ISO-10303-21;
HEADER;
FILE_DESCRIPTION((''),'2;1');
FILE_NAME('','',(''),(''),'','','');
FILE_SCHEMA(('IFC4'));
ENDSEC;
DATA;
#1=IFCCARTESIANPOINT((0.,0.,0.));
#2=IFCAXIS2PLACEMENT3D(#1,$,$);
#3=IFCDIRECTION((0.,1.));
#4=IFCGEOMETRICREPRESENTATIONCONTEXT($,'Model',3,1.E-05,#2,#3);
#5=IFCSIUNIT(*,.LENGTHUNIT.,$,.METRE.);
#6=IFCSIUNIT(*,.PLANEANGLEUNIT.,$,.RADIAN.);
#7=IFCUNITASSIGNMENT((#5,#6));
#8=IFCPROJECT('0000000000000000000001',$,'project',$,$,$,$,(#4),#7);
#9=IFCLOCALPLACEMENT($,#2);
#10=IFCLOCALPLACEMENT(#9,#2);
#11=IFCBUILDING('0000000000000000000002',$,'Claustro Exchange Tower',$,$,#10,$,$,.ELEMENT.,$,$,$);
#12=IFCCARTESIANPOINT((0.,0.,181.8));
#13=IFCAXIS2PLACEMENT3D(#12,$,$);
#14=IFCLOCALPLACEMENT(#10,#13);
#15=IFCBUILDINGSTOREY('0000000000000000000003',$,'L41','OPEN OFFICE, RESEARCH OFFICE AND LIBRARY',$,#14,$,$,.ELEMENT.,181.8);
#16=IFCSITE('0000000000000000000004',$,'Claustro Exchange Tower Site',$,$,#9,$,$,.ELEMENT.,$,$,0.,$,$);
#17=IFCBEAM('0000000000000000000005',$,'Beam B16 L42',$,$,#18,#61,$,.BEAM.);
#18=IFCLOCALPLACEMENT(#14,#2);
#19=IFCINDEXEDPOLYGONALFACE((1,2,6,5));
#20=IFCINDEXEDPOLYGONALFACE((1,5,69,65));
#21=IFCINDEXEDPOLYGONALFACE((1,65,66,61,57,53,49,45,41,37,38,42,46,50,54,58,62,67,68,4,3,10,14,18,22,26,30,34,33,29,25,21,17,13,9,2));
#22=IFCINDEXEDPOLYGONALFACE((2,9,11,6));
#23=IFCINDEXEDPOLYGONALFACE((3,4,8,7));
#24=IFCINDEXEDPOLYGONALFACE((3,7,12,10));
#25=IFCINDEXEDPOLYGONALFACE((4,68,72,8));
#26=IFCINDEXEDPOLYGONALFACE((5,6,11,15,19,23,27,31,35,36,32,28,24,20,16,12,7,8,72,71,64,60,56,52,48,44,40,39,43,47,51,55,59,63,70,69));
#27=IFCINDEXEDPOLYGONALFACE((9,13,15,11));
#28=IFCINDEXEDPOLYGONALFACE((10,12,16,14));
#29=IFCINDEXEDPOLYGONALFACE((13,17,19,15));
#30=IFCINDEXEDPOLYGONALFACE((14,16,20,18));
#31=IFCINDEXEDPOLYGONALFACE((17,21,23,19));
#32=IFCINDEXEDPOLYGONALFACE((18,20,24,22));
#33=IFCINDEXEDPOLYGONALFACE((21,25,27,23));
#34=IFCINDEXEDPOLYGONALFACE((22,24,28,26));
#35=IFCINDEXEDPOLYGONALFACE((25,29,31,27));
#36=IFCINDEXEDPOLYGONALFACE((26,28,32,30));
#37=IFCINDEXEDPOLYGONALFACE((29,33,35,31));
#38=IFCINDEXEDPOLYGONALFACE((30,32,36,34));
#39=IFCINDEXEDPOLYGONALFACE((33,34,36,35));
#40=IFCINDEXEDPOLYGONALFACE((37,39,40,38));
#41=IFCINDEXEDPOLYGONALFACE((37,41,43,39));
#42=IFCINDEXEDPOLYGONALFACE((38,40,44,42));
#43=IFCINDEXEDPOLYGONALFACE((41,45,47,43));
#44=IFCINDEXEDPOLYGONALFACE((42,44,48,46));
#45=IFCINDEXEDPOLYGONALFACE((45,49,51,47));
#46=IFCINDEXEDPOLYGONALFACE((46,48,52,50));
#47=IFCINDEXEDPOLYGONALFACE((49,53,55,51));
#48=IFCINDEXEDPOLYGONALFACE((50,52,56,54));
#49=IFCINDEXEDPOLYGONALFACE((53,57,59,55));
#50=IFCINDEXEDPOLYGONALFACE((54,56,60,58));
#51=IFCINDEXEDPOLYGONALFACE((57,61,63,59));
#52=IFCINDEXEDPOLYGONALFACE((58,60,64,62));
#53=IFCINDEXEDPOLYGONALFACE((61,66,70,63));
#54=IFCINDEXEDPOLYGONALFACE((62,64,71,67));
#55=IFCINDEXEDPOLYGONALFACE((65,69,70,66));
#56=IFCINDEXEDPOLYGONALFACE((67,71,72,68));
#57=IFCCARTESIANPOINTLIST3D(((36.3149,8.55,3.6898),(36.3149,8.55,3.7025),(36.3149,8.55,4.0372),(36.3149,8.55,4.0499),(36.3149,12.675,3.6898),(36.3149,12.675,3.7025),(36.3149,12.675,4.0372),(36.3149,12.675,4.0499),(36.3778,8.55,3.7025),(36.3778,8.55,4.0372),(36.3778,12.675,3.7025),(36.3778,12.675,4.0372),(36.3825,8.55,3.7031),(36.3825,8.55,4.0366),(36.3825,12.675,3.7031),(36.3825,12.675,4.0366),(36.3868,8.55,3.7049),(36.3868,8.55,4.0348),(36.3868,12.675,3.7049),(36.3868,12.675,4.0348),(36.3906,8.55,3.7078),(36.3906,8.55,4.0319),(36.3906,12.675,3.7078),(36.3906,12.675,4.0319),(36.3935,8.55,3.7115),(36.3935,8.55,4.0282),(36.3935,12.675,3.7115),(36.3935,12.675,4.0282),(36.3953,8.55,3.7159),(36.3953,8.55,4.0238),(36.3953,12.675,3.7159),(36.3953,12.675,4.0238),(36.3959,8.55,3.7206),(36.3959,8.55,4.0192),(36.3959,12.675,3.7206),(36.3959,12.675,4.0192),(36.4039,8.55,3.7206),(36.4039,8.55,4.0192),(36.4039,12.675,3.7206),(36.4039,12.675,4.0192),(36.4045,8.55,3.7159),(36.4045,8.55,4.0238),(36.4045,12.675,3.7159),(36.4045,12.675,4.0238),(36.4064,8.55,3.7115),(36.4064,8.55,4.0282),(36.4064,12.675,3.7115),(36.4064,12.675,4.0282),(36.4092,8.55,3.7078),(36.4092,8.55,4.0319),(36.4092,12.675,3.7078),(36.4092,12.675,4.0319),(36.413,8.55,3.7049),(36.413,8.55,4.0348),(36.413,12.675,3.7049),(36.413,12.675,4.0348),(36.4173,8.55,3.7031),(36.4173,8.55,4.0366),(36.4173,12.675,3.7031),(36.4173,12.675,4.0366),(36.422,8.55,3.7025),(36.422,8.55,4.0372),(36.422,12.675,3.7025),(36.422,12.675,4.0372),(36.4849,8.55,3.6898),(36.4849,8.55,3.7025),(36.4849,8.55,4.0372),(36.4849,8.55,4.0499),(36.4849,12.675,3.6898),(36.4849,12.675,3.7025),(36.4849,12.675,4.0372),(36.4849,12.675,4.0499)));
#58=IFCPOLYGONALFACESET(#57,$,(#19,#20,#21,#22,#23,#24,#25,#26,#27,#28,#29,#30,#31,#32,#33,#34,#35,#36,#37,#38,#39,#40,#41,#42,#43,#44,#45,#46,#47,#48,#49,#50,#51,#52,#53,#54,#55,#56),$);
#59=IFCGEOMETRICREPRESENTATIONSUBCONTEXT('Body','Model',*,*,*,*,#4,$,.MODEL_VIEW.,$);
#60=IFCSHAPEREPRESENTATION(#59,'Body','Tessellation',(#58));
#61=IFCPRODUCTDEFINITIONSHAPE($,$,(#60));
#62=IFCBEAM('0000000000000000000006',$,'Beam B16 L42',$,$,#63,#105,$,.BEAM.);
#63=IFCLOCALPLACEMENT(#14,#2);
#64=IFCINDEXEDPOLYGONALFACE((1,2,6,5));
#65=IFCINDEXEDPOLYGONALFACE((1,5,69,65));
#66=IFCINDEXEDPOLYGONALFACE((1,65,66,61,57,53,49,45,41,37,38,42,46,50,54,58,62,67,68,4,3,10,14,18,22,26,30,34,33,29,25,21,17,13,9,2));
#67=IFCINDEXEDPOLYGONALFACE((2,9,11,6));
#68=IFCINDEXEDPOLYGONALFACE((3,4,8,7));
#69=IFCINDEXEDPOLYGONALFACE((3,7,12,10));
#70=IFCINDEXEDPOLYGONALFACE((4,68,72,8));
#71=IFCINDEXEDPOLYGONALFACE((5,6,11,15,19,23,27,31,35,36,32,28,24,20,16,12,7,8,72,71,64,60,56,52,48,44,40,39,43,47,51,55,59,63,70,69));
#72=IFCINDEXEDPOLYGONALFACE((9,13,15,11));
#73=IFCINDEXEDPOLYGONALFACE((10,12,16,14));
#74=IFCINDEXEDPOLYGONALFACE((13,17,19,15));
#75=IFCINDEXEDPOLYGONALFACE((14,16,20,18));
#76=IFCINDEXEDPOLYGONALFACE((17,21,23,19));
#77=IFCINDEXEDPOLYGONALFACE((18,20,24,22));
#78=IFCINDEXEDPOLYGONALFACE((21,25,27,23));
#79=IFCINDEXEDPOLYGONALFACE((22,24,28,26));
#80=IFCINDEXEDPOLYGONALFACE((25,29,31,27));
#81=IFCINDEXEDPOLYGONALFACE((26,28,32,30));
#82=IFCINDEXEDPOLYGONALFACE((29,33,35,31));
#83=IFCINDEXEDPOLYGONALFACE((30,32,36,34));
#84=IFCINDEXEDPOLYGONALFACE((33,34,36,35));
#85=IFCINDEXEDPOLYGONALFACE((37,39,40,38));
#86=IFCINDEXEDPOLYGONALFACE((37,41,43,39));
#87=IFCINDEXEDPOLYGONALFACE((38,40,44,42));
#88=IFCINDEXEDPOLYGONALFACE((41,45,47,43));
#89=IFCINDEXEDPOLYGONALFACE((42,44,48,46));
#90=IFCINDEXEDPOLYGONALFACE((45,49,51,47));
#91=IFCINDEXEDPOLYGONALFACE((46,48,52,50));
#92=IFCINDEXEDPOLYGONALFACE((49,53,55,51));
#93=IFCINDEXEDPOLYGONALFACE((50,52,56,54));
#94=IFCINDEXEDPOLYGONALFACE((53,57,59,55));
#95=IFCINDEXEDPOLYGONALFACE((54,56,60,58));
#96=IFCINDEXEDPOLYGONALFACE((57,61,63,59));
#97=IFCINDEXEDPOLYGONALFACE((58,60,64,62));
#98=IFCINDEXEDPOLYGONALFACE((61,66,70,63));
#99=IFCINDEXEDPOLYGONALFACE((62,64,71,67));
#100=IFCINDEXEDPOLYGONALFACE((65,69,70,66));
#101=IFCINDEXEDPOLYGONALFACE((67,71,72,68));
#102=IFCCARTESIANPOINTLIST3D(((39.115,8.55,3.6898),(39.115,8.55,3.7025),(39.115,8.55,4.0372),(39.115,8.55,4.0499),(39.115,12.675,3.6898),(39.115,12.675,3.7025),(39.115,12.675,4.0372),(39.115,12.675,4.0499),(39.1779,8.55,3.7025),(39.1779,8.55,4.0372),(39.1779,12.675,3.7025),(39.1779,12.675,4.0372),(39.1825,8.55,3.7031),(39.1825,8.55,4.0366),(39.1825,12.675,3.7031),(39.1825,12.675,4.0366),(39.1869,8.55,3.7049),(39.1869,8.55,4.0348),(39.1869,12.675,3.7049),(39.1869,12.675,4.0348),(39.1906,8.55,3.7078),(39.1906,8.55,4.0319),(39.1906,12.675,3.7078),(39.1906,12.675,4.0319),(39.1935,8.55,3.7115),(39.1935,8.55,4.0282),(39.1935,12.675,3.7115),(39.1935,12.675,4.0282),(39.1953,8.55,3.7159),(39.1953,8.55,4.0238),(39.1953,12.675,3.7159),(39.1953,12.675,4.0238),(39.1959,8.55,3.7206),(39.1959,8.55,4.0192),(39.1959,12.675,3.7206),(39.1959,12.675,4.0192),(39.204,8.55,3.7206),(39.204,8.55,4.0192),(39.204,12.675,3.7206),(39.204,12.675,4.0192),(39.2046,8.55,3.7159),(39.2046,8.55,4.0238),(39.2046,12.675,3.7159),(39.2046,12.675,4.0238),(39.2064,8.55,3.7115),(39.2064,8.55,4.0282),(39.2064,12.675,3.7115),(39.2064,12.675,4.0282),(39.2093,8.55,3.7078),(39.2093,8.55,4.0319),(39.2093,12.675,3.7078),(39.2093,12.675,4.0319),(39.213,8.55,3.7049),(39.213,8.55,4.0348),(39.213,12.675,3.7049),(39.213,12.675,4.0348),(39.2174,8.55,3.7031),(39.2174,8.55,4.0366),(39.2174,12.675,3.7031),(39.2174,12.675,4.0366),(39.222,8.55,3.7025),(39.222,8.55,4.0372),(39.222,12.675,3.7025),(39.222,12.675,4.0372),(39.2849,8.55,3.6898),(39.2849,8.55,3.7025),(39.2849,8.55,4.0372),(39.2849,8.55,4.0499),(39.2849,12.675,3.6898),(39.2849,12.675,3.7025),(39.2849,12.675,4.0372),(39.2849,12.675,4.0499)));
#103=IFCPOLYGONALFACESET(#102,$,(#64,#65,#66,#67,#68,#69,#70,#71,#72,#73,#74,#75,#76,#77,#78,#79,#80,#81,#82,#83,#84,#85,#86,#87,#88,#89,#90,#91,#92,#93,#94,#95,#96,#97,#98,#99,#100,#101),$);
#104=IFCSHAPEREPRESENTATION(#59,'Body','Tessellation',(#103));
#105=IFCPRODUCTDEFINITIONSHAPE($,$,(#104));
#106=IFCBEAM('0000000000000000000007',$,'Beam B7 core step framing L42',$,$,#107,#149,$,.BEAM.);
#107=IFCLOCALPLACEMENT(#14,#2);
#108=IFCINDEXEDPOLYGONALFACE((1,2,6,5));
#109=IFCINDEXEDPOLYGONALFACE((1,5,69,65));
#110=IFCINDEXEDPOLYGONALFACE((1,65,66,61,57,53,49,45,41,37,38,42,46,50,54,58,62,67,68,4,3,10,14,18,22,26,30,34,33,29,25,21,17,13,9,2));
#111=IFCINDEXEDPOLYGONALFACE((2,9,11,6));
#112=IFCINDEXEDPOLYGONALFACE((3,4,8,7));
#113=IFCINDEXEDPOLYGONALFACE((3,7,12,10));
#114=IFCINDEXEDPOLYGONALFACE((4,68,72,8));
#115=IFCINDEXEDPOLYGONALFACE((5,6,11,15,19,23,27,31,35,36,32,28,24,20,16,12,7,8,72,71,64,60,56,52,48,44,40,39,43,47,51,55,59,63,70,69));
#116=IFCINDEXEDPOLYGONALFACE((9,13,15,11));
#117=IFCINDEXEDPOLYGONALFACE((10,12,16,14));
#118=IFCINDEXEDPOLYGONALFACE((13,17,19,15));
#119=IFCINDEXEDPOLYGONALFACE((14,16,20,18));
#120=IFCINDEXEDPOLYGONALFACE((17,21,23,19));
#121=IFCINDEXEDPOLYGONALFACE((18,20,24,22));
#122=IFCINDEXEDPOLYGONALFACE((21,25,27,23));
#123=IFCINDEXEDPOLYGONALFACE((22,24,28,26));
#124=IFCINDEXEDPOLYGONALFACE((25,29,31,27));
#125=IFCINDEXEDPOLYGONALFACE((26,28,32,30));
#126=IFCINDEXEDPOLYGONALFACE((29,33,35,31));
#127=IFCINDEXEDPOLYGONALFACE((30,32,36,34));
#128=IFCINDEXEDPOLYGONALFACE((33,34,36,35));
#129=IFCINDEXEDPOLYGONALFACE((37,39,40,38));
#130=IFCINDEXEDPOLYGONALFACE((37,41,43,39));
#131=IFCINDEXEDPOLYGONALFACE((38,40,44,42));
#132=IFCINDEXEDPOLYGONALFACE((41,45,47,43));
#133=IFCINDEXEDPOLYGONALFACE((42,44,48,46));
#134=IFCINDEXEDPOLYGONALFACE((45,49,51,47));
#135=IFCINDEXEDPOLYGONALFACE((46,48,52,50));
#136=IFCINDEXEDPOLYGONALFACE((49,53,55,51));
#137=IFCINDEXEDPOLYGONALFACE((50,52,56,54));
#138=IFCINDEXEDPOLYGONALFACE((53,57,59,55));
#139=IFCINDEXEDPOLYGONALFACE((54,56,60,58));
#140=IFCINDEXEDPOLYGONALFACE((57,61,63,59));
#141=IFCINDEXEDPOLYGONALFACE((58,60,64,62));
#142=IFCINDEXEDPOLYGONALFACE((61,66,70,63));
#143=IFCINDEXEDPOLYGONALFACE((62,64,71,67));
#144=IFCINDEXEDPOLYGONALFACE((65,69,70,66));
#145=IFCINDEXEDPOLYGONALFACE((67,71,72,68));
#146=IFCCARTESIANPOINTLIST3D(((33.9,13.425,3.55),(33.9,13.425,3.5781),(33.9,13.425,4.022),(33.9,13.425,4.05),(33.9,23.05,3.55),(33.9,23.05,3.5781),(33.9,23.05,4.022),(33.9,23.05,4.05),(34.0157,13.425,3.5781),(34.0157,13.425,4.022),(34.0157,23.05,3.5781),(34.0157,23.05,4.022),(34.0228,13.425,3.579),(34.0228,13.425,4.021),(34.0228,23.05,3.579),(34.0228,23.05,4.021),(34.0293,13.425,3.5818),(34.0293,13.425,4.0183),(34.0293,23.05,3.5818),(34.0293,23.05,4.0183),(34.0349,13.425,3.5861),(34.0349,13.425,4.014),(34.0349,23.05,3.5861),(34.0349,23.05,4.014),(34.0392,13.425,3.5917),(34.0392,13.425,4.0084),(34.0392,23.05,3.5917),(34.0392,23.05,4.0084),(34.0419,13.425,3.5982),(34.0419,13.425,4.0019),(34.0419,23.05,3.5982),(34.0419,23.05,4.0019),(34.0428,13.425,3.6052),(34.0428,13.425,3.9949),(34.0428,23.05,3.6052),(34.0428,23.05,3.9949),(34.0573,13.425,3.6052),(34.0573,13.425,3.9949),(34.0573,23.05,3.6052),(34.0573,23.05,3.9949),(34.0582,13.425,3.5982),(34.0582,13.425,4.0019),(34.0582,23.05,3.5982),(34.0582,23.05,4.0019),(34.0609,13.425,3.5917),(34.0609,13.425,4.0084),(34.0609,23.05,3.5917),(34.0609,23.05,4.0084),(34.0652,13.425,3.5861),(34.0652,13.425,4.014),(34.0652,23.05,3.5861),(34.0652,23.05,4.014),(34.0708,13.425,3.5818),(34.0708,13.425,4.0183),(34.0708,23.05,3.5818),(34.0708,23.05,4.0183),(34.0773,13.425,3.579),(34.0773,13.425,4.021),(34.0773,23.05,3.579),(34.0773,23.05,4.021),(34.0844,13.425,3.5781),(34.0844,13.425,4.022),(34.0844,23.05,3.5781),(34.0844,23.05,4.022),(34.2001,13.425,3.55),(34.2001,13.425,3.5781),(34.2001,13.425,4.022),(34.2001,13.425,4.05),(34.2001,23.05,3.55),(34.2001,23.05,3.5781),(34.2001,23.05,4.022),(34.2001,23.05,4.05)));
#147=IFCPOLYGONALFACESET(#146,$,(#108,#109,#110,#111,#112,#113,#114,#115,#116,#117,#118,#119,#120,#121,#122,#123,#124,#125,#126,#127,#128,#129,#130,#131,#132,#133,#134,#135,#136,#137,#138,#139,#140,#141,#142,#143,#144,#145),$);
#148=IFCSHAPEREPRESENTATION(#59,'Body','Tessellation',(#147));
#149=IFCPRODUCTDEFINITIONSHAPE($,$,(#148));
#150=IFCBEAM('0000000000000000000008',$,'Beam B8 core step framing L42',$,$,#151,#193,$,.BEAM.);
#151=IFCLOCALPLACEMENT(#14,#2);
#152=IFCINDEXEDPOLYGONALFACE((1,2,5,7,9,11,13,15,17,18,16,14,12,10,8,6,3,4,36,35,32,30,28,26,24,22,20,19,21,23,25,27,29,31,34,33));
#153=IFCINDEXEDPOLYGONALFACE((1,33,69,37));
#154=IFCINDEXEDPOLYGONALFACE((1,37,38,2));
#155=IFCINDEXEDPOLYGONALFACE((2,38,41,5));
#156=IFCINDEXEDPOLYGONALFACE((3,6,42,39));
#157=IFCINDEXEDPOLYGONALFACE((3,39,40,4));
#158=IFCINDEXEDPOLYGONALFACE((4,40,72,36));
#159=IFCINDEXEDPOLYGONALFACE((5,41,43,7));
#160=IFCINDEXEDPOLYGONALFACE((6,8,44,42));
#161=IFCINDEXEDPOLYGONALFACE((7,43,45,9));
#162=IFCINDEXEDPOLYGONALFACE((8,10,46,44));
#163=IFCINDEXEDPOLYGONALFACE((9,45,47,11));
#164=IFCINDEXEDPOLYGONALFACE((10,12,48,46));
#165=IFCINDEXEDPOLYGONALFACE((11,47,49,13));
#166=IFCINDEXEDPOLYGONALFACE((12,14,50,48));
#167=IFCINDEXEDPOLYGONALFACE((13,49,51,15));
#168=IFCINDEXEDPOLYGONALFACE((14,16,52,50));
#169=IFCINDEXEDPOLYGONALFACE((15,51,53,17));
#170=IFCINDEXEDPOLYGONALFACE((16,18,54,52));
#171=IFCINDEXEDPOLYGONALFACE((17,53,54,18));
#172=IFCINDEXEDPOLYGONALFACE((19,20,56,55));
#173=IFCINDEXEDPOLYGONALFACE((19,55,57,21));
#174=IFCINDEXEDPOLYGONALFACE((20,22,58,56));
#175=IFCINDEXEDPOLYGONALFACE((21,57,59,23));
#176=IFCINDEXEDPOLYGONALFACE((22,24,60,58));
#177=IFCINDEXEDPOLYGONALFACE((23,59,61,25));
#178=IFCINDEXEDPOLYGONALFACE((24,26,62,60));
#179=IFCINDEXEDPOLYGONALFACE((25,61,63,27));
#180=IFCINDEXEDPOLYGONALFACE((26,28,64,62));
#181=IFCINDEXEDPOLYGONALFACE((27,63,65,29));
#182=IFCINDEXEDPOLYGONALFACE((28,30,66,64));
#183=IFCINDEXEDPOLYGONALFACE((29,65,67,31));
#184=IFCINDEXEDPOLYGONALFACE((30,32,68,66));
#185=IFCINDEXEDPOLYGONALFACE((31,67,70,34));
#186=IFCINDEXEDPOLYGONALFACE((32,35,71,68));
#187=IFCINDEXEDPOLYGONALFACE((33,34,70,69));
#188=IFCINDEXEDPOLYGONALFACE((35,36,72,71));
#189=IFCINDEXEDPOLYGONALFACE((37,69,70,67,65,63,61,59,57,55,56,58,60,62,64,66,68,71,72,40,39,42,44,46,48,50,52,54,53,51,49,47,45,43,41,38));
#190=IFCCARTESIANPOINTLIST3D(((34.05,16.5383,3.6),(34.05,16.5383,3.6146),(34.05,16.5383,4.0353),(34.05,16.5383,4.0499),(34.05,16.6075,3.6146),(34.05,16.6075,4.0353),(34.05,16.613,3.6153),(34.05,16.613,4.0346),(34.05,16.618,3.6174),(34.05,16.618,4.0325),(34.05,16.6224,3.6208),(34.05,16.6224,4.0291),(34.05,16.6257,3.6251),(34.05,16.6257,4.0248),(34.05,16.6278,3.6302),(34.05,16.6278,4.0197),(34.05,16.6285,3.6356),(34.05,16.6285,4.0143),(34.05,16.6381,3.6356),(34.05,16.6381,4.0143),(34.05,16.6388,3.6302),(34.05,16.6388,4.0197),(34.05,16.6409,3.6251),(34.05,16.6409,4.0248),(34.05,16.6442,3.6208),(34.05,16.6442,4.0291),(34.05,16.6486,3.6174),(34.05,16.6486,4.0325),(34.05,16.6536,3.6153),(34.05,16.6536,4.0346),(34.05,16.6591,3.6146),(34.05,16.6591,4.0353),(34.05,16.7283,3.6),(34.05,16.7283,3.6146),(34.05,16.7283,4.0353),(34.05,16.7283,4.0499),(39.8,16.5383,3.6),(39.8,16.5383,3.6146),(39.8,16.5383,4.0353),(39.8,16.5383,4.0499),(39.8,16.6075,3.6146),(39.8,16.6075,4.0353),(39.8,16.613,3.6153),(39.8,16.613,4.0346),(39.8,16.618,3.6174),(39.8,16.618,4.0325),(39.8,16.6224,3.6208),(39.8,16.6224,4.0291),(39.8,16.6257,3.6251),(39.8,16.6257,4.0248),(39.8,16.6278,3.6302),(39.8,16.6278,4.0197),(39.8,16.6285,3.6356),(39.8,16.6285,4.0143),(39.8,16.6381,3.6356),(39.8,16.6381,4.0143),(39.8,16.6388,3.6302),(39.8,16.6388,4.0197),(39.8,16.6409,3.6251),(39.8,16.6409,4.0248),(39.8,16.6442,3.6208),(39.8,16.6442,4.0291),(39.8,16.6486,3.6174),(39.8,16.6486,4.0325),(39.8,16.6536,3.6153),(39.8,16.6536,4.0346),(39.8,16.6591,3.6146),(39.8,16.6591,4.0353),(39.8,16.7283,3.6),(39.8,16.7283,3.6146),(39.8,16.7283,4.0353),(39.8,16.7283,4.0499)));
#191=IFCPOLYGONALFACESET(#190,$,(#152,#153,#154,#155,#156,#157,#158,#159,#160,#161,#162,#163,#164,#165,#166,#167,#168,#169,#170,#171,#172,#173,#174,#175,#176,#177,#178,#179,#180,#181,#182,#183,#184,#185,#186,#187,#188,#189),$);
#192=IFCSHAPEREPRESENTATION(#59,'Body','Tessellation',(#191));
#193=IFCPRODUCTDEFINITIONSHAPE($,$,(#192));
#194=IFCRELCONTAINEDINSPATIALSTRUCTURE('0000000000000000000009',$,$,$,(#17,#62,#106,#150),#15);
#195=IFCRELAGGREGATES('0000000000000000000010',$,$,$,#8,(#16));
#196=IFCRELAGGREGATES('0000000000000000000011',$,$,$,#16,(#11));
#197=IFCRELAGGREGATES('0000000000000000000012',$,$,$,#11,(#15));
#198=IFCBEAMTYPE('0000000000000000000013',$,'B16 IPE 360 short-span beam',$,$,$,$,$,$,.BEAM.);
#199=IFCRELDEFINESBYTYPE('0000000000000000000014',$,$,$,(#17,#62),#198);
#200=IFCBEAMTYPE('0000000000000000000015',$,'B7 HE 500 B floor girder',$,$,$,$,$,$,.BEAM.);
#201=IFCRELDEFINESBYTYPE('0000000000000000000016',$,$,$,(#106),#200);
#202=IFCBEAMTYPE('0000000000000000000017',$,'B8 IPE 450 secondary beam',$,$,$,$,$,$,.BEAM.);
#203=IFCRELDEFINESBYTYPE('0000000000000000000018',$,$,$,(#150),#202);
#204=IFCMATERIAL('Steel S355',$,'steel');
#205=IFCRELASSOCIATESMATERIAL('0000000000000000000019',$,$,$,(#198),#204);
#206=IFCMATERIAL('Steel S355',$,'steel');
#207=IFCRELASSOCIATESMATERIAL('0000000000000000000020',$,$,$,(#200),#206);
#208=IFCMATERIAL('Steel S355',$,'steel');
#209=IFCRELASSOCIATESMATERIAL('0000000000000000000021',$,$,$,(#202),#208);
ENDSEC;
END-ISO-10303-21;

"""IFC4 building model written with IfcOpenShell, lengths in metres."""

from ifc_helpers import new_model, si_unit, direction, frame, origin, origin_2d, place, context, subcontext, project, spatial, i_section, extrude, material, material_profile, profile_set, type_object, element, save


model = new_model("IFC4")

# Units and contexts
model_context = context("Model", 3, precision=1e-05, world=origin(), true_north=direction((0.0, 1.0)))
body_context = subcontext(model_context, "Body", "Model", "MODEL_VIEW")
ifc_project = project(units=[si_unit("LENGTHUNIT", "METRE"), si_unit("PLANEANGLEUNIT", "RADIAN")], contexts=[model_context])

# Site, building, storey
site_placement = place(None, origin())
site = spatial("IfcSite", under=ifc_project, at=site_placement, Name="Claustro Exchange Tower Site", CompositionType="ELEMENT", RefElevation=0.0)
building_placement = place(site_placement, origin())
building = spatial("IfcBuilding", under=site, at=building_placement, Name="Claustro Exchange Tower", CompositionType="ELEMENT")
storey_placement = place(building_placement, frame((0.0, 0.0, 181.8)))
storey = spatial("IfcBuildingStorey", under=building, at=storey_placement, Name="L41", Description="OPEN OFFICE, RESEARCH OFFICE AND LIBRARY", CompositionType="ELEMENT", Elevation=181.8)

# Beams
ifc_material_1 = material(Name="Steel S355", Category="steel")
ifc_material_profile_1 = material_profile(ifc_material_1, i_section(OverallWidth=0.1699, OverallDepth=0.3601, WebThickness=0.0081, FlangeThickness=0.0127, FilletRadius=0.0181, at=origin_2d()), Name="IPE 360")
ifc_profile_set_1 = profile_set([ifc_material_profile_1], Name="Steel S355")
beam_type_1 = type_object("IfcBeamType", Name="B16 IPE 360 short-span beam", PredefinedType="BEAM", material=ifc_profile_set_1)
for number, where, z_axis, x_axis, name in (
    (1, (36.3999, 8.55, 3.8699), (0.0, 1.0, 0.0), (-1.0, 0.0, 0.0), "Beam B16 L42"),
    (2, (39.2, 8.55, 3.8699), (0.0, 1.0, 0.0), (-1.0, 0.0, 0.0), "Beam B16 L42"),
):
    element("IfcBeam", number, at=place(storey_placement, frame(where, z_axis=z_axis, x_axis=x_axis)), inside=storey, type_object=beam_type_1, Name=name, PredefinedType="BEAM", context=body_context, shape_type="SweptSolid", body=[
        extrude(i_section(OverallWidth=0.1699, OverallDepth=0.3601, WebThickness=0.0081, FlangeThickness=0.0127, FilletRadius=0.0181, at=origin_2d()), origin(), (0.0, 0.0, 1.0), 4.125),
    ])
ifc_material_2 = material(Name="Steel S355", Category="steel")
ifc_material_profile_2 = material_profile(ifc_material_2, i_section(OverallWidth=0.3, OverallDepth=0.5, WebThickness=0.0144, FlangeThickness=0.0281, FilletRadius=0.0271, at=origin_2d()), Name="HE 500 B")
ifc_profile_set_2 = profile_set([ifc_material_profile_2], Name="Steel S355")
beam_type_2 = type_object("IfcBeamType", Name="B7 HE 500 B floor girder", PredefinedType="BEAM", material=ifc_profile_set_2)
beam_placement = place(storey_placement, frame((34.05, 13.425, 3.8), z_axis=(0.0, 1.0, 0.0), x_axis=(-1.0, 0.0, 0.0)))
element("IfcBeam", 3, at=beam_placement, inside=storey, type_object=beam_type_2, Name="Beam B7 core step framing L42", PredefinedType="BEAM", context=body_context, shape_type="SweptSolid", body=[
    extrude(i_section(OverallWidth=0.3, OverallDepth=0.5, WebThickness=0.0144, FlangeThickness=0.0281, FilletRadius=0.0271, at=origin_2d()), origin(), (0.0, 0.0, 1.0), 9.625),
])
ifc_material_3 = material(Name="Steel S355", Category="steel")
ifc_material_profile_3 = material_profile(ifc_material_3, i_section(OverallWidth=0.1899, OverallDepth=0.45, WebThickness=0.0095, FlangeThickness=0.0146, FilletRadius=0.021, at=origin_2d()), Name="IPE 450")
ifc_profile_set_3 = profile_set([ifc_material_profile_3], Name="Steel S355")
beam_type_3 = type_object("IfcBeamType", Name="B8 IPE 450 secondary beam", PredefinedType="BEAM", material=ifc_profile_set_3)
for number, where, z_axis, x_axis, name in (
    (4, (34.05, 16.6333, 3.825), (1.0, 0.0, 0.0), (0.0, 1.0, 0.0), "Beam B8 core step framing L42"),
):
    element("IfcBeam", number, at=place(storey_placement, frame(where, z_axis=z_axis, x_axis=x_axis)), inside=storey, type_object=beam_type_3, Name=name, PredefinedType="BEAM", context=body_context, shape_type="SweptSolid", body=[
        extrude(i_section(OverallWidth=0.1899, OverallDepth=0.45, WebThickness=0.0095, FlangeThickness=0.0146, FilletRadius=0.021, at=origin_2d()), origin(), (0.0, 0.0, 1.0), 5.75),
    ])

save(model, "model.ifc")
